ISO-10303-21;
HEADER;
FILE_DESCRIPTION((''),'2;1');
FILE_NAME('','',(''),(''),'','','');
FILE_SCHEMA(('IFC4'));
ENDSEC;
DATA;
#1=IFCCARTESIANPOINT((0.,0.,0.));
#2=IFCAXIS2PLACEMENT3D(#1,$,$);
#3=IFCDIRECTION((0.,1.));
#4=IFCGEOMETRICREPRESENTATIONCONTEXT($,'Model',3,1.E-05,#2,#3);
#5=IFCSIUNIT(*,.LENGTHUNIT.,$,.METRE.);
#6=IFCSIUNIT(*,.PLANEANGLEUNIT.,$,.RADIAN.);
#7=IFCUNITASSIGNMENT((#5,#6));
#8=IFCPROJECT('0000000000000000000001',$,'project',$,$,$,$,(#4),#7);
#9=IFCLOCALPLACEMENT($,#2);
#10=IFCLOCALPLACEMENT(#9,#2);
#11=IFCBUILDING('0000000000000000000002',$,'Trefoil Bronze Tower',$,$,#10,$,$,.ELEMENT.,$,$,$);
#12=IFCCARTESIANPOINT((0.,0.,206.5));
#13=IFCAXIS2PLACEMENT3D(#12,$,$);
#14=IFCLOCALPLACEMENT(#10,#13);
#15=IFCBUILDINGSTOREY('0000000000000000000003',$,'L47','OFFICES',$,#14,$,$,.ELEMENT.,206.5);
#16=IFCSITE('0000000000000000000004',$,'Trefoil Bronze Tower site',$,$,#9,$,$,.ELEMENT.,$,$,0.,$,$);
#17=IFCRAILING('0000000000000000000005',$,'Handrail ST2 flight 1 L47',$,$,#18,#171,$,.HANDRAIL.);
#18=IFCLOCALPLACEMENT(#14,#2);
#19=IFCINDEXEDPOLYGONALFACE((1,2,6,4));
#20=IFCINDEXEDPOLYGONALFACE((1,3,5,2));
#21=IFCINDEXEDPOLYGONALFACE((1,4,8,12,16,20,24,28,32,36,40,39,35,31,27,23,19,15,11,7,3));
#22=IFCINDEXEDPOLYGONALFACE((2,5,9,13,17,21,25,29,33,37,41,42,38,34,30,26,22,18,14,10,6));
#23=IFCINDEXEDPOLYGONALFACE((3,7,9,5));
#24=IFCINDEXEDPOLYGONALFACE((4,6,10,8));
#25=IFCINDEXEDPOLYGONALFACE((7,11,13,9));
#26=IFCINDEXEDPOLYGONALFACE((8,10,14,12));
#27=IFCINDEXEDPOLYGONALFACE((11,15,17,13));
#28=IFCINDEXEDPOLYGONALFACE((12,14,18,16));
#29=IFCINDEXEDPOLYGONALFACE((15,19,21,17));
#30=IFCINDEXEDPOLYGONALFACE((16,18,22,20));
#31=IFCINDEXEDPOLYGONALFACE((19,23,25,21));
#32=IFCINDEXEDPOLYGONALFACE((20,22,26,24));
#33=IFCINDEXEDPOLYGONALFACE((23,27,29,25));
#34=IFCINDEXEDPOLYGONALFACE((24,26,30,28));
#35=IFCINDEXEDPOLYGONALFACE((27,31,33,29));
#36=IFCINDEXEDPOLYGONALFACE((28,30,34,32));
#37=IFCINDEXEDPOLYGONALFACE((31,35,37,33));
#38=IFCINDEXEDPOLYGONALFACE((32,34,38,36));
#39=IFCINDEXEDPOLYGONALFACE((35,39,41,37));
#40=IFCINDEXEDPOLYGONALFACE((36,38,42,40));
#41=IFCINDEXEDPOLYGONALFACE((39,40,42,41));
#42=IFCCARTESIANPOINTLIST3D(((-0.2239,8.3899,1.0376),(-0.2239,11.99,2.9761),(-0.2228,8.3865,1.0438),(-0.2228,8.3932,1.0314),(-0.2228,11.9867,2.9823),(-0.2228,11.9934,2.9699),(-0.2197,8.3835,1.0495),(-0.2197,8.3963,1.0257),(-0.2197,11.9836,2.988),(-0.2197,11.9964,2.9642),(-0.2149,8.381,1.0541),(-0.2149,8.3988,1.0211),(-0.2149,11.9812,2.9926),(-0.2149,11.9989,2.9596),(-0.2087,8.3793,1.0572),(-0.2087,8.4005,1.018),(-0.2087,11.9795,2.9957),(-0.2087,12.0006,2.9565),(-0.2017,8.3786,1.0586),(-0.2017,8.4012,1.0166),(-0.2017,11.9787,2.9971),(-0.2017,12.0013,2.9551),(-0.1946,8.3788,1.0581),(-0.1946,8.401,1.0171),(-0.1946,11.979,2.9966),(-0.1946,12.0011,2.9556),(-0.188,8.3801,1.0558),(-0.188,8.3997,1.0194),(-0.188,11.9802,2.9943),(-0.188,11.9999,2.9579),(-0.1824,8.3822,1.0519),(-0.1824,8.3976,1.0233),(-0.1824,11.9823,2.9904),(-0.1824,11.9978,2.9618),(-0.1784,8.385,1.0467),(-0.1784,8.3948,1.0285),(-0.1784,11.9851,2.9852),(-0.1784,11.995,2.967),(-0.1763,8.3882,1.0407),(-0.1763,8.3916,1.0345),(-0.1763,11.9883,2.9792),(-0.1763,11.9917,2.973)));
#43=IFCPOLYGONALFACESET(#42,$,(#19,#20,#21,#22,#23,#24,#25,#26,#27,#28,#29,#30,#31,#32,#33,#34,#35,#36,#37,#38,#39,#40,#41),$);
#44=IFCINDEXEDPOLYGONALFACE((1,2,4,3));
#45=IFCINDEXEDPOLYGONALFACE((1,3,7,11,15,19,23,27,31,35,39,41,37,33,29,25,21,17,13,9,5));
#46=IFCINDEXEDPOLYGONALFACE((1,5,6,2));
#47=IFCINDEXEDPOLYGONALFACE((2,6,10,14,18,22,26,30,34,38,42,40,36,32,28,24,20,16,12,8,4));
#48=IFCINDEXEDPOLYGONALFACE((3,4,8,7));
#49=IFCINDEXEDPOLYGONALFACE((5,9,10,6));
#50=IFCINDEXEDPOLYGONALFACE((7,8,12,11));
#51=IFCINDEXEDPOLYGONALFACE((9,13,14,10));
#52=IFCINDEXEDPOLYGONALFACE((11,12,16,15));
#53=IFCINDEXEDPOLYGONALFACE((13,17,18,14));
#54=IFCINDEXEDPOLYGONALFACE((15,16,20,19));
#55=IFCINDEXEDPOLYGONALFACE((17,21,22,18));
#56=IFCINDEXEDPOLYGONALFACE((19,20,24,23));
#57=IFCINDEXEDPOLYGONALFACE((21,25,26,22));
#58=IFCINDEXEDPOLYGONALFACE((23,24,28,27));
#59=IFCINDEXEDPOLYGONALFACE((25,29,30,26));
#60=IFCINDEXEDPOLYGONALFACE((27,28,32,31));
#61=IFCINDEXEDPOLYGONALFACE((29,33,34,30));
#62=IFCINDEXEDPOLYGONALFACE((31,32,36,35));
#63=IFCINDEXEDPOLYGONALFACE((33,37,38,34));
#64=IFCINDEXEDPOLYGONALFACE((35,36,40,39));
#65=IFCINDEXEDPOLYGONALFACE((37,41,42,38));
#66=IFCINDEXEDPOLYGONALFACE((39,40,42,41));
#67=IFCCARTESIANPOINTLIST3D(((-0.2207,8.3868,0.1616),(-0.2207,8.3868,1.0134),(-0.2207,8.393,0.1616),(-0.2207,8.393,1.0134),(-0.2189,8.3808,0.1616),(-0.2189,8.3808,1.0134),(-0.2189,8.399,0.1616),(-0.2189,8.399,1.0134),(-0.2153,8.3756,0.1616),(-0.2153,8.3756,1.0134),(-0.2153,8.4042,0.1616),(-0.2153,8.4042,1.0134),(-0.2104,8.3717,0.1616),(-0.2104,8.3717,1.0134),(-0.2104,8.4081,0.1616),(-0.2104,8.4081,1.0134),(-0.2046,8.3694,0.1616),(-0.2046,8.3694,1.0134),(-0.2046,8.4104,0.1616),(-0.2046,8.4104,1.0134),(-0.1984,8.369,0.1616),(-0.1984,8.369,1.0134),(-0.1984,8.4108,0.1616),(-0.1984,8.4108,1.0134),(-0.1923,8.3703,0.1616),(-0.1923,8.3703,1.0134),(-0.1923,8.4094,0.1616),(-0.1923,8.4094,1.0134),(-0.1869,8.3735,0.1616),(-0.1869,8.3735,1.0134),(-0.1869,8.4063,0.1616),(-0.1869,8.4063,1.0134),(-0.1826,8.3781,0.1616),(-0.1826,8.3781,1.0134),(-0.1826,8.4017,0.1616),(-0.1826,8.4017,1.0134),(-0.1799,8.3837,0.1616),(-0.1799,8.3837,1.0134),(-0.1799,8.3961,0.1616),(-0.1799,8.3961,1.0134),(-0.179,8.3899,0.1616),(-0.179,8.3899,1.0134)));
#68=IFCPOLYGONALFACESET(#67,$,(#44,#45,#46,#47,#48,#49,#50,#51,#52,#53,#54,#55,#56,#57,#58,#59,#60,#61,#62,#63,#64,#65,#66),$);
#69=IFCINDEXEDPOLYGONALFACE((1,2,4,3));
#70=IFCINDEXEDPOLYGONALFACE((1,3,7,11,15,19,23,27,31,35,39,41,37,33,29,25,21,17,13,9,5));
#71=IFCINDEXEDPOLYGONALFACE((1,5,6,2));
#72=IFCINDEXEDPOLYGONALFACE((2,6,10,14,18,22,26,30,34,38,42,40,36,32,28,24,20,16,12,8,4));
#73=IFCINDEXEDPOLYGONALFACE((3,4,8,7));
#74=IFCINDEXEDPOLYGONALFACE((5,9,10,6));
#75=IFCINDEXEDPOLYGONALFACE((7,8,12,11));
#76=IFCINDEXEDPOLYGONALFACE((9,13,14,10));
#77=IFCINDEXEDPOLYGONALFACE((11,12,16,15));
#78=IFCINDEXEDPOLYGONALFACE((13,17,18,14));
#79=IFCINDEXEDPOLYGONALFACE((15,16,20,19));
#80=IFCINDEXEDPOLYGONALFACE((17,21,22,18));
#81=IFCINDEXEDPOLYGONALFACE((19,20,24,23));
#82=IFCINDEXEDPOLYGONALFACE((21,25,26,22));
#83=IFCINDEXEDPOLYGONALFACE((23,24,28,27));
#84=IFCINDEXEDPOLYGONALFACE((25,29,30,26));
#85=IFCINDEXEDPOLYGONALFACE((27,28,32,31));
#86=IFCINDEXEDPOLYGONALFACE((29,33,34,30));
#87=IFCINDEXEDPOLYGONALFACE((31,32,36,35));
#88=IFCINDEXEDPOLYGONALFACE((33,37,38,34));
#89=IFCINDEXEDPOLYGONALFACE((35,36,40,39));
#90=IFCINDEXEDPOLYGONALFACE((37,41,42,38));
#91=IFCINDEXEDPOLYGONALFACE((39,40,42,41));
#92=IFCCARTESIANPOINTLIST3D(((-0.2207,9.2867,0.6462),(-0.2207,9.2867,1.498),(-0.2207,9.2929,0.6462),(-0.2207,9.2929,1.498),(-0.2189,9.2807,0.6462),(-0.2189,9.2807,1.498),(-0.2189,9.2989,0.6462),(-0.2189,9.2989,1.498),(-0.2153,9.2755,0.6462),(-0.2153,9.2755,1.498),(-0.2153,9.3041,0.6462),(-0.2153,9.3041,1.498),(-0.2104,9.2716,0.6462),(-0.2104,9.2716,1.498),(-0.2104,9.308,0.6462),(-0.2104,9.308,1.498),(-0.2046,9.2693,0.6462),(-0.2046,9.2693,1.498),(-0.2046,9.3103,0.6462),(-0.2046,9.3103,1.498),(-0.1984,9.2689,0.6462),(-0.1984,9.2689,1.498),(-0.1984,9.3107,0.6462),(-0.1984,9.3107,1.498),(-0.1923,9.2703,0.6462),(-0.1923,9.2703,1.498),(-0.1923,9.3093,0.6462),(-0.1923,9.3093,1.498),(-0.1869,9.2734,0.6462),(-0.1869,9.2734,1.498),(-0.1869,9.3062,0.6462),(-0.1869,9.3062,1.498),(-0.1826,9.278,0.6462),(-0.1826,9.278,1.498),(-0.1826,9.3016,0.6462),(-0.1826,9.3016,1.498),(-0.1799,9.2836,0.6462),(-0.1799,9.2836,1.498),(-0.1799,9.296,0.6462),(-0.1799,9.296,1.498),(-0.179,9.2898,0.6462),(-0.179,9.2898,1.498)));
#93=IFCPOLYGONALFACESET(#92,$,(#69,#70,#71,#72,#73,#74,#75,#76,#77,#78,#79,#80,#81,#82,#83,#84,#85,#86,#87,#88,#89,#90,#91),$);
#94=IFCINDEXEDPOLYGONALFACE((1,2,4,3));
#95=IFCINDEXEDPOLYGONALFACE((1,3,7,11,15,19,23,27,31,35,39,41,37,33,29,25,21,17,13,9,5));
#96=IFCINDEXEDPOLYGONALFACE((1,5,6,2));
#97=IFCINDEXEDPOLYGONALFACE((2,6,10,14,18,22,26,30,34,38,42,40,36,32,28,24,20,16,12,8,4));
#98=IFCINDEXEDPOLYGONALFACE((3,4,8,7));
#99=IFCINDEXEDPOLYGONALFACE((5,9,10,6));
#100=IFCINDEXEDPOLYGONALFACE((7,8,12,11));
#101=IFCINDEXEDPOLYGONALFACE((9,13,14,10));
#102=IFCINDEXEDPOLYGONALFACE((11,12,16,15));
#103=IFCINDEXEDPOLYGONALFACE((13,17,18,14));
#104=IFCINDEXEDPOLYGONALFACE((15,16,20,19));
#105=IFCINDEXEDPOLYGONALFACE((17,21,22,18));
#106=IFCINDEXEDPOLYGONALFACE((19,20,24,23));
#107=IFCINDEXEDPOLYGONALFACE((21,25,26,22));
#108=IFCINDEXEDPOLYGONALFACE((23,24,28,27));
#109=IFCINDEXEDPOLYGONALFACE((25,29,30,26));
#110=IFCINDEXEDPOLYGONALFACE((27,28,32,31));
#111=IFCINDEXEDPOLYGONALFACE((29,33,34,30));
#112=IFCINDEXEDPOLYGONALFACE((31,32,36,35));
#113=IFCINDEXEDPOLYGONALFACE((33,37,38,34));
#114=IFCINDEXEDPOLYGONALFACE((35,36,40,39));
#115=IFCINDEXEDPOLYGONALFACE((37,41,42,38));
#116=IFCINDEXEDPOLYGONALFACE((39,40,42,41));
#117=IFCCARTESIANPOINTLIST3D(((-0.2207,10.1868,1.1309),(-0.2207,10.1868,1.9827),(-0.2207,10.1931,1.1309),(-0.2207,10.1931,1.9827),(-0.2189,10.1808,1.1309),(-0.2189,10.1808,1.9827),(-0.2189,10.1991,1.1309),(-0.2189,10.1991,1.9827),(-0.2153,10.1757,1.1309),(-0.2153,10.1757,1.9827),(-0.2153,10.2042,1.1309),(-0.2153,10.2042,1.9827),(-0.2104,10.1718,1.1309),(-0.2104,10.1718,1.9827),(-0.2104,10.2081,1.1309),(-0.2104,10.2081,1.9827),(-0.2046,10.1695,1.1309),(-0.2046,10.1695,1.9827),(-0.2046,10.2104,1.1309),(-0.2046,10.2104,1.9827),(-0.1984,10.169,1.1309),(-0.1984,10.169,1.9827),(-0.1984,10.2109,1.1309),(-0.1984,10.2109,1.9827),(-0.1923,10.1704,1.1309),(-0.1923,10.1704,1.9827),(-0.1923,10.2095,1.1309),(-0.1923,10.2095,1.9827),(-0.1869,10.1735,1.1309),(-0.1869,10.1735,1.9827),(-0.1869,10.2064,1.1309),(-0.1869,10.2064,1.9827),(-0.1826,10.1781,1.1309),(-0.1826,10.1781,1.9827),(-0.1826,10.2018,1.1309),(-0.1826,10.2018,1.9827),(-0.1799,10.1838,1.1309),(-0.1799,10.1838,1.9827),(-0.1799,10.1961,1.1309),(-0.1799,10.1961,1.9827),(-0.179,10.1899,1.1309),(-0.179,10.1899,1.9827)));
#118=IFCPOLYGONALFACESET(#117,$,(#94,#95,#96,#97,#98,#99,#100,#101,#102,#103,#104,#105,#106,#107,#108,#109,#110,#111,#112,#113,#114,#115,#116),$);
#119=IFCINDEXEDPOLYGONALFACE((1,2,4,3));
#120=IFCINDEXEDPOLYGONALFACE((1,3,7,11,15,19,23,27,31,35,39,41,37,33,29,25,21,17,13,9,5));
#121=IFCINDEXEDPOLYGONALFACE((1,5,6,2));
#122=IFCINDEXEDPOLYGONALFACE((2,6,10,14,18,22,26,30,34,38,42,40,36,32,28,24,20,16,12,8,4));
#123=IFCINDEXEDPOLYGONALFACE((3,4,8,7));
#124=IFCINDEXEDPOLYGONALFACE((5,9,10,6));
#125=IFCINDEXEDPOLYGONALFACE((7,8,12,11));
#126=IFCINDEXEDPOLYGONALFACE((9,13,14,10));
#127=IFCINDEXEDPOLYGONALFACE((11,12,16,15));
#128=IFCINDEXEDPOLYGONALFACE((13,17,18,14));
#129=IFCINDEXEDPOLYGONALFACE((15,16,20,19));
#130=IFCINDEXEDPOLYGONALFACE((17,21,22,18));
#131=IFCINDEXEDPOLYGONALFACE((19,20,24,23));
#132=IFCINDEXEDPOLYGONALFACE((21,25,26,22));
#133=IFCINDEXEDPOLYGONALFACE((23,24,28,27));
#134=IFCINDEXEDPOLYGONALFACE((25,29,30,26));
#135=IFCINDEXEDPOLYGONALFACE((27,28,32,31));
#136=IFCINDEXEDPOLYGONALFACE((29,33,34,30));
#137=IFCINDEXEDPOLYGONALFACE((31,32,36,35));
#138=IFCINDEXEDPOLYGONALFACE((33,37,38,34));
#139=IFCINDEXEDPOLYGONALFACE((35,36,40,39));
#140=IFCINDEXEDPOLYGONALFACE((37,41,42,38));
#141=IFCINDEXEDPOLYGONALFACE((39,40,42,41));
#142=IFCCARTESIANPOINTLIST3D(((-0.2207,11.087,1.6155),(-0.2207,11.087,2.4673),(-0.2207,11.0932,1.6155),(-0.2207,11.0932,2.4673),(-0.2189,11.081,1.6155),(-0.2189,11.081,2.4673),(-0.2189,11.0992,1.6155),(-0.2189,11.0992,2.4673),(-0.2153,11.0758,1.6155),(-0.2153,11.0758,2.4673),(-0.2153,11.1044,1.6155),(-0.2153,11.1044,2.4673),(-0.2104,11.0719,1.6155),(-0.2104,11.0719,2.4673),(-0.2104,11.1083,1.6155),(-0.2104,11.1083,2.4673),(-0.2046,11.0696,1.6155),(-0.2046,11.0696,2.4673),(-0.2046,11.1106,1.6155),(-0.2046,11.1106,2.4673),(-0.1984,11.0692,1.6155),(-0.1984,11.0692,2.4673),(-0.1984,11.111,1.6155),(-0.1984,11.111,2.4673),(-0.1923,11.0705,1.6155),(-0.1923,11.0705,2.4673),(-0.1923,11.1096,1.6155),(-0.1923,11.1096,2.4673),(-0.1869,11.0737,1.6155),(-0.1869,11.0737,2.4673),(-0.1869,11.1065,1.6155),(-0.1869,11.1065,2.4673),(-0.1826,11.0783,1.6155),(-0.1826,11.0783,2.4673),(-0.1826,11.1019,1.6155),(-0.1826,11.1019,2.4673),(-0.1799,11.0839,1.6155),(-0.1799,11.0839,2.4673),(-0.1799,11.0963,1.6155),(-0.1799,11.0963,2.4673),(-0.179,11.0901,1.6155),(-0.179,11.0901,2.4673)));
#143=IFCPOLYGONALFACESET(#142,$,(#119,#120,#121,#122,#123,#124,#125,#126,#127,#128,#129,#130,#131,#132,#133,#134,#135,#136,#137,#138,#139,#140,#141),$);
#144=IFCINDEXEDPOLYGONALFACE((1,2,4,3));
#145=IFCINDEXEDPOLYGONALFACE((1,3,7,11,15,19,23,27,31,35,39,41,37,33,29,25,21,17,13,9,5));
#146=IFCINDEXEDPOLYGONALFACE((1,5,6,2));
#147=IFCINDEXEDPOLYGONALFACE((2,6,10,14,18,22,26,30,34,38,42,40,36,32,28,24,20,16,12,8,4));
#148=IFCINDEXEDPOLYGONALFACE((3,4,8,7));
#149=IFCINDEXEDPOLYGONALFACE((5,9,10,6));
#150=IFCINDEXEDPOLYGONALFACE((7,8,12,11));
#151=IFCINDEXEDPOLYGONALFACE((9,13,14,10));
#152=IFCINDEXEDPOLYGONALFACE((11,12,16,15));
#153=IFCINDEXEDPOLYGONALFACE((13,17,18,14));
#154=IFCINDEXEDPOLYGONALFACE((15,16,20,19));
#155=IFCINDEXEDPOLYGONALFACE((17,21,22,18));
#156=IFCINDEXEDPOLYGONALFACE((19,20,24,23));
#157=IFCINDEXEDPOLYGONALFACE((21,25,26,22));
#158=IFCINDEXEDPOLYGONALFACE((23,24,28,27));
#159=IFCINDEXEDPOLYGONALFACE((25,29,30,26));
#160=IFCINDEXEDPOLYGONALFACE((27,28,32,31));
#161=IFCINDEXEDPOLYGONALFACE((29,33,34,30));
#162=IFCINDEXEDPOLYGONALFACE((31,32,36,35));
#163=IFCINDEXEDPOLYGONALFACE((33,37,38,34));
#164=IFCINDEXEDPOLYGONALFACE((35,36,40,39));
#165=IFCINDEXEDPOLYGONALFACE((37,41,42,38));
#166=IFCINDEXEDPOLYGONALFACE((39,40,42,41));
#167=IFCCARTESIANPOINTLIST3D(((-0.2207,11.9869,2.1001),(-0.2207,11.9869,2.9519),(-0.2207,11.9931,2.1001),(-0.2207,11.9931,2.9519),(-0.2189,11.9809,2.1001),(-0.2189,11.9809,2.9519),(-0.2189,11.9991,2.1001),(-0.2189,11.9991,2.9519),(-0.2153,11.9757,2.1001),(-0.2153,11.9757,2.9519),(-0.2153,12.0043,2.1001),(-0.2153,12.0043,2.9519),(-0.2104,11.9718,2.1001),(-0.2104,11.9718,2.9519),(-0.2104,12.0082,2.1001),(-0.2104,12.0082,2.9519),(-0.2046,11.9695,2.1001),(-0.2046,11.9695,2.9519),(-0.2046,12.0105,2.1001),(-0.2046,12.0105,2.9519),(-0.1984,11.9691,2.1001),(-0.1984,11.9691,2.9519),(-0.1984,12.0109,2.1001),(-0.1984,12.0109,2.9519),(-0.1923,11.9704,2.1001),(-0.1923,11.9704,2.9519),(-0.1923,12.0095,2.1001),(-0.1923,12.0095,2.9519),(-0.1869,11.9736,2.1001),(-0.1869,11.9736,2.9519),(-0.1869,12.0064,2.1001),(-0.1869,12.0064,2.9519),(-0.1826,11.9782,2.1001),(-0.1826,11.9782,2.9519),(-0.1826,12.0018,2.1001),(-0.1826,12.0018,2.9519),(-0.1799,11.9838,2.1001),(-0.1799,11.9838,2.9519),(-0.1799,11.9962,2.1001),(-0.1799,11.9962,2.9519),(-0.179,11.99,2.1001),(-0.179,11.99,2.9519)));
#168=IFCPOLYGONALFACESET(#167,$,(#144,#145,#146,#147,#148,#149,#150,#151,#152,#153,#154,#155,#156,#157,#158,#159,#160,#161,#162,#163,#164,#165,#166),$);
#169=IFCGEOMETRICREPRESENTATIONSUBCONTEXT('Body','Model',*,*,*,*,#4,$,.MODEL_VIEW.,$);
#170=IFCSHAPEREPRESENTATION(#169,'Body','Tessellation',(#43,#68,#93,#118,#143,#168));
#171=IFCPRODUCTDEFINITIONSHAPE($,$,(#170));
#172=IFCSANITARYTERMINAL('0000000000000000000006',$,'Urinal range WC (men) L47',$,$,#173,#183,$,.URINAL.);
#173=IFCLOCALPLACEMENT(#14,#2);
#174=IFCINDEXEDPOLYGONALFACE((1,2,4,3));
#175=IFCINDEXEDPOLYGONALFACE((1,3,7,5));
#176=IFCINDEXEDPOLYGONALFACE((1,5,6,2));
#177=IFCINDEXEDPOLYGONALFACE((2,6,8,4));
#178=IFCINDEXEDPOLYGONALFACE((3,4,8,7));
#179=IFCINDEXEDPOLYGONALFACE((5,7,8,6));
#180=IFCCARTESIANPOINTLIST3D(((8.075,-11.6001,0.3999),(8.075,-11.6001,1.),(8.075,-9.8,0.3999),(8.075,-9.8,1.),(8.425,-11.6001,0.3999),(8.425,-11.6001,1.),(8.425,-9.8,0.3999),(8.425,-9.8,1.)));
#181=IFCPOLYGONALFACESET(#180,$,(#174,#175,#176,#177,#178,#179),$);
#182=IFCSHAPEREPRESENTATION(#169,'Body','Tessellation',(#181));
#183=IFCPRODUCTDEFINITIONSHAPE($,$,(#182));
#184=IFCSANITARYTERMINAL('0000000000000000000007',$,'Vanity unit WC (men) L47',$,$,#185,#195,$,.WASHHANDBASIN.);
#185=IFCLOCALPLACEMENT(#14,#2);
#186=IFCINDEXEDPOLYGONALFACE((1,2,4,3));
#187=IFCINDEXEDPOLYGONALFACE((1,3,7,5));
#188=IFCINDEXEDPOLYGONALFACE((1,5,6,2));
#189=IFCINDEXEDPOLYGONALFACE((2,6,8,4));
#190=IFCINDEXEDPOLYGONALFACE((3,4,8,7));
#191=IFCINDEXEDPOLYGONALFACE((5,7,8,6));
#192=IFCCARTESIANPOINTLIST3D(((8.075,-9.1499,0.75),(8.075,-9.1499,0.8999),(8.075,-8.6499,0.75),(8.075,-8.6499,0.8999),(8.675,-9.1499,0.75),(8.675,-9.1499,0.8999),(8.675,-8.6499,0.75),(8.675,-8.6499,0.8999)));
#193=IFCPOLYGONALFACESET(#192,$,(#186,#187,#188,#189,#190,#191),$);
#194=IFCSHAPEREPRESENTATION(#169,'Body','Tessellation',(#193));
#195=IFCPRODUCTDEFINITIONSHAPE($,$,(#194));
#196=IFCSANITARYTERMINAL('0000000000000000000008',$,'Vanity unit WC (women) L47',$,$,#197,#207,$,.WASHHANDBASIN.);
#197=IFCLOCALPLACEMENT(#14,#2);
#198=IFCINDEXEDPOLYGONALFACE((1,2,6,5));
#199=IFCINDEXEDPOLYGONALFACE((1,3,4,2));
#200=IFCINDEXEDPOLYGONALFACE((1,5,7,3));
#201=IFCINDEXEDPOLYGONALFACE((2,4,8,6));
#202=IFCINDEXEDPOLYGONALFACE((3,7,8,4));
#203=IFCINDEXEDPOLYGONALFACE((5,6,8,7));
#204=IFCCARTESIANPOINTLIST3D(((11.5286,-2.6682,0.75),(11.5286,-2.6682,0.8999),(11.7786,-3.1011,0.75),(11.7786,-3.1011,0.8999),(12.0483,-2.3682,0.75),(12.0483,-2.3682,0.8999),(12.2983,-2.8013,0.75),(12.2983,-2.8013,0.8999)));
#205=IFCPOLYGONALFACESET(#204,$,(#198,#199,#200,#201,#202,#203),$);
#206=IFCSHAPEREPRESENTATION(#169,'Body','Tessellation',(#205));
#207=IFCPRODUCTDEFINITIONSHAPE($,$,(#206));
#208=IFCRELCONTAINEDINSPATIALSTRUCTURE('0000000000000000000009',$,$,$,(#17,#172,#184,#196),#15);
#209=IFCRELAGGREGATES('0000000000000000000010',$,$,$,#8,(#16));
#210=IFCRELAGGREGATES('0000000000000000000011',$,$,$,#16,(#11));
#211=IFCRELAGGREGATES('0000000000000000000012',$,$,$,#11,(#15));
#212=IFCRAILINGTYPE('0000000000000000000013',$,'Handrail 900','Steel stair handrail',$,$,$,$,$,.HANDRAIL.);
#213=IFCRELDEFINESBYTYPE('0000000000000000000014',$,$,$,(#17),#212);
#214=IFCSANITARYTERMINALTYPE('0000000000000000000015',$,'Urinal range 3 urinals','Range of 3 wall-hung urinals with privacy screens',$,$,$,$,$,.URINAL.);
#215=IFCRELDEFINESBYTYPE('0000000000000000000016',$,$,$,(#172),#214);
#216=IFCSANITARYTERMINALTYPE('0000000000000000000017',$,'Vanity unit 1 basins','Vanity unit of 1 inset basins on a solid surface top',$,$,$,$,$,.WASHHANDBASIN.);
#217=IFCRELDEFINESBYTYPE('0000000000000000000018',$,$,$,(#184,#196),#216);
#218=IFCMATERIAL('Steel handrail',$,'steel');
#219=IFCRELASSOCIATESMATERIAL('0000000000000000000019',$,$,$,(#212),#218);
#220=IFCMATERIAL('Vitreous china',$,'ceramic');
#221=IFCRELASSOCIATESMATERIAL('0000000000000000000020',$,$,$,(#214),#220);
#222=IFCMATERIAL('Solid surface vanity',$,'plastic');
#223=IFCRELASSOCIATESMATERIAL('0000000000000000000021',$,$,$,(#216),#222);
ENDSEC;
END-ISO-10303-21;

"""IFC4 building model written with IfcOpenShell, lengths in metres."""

from ifc_helpers import new_model, si_unit, direction, frame, origin, origin_2d, place, context, subcontext, project, spatial, polyline, circle, outline, extrude, material, type_object, element, save


model = new_model("IFC4")

# Units and contexts
model_context = context("Model", 3, precision=1e-05, world=origin(), true_north=direction((0.0, 1.0)))
body_context = subcontext(model_context, "Body", "Model", "MODEL_VIEW")
ifc_project = project(units=[si_unit("LENGTHUNIT", "METRE"), si_unit("PLANEANGLEUNIT", "RADIAN")], contexts=[model_context])

# Site, building, storey
site_placement = place(None, origin())
site = spatial("IfcSite", under=ifc_project, at=site_placement, Name="Trefoil Bronze Tower site", CompositionType="ELEMENT", RefElevation=0.0)
building_placement = place(site_placement, origin())
building = spatial("IfcBuilding", under=site, at=building_placement, Name="Trefoil Bronze Tower", CompositionType="ELEMENT")
storey_placement = place(building_placement, frame((0.0, 0.0, 206.5)))
storey = spatial("IfcBuildingStorey", under=building, at=storey_placement, Name="L47", Description="OFFICES", CompositionType="ELEMENT", Elevation=206.5)

# Railing
ifc_material_1 = material(Name="Steel handrail", Category="steel")
railing_type = type_object("IfcRailingType", Name="Handrail 900", Description="Steel stair handrail", PredefinedType="HANDRAIL", material=ifc_material_1)
railing_placement = place(storey_placement, frame((-0.2, 8.3899, 0.1616)))
element("IfcRailing", 1, at=railing_placement, inside=storey, type_object=railing_type, Name="Handrail ST2 flight 1 L47", PredefinedType="HANDRAIL", context=body_context, shape_type="SweptSolid", body=[
    extrude(circle(Radius=0.0239, at=origin_2d()), frame((0.0, 0.0, 0.876), z_axis=(0.0, 0.880475, 0.474093), x_axis=(-1.0, 0.0, 0.0)), (0.0, 0.0, 1.0), 4.0889),
    extrude(circle(Radius=0.021, at=origin_2d()), origin(), (0.0, 0.0, 1.0), 0.8518),
    extrude(circle(Radius=0.021, at=origin_2d()), frame((0.0, 0.8999, 0.4846)), (0.0, 0.0, 1.0), 0.8518),
    extrude(circle(Radius=0.021, at=origin_2d()), frame((0.0, 1.8, 0.9692)), (0.0, 0.0, 1.0), 0.8518),
    extrude(circle(Radius=0.021, at=origin_2d()), frame((0.0, 2.7002, 1.4539)), (0.0, 0.0, 1.0), 0.8518),
    extrude(circle(Radius=0.021, at=origin_2d()), frame((0.0, 3.6001, 1.9385)), (0.0, 0.0, 1.0), 0.8518),
])

# Sanitary terminals
ifc_material_2 = material(Name="Vitreous china", Category="ceramic")
sanitary_terminal_type_1 = type_object("IfcSanitaryTerminalType", Name="Urinal range 3 urinals", Description="Range of 3 wall-hung urinals with privacy screens", PredefinedType="URINAL", material=ifc_material_2)
sanitary_terminal_1_placement = place(storey_placement, frame((0.0, 0.0, 0.3999)))
element("IfcSanitaryTerminal", 2, at=sanitary_terminal_1_placement, inside=storey, type_object=sanitary_terminal_type_1, Name="Urinal range WC (men) L47", PredefinedType="URINAL", context=body_context, shape_type="SweptSolid", body=[
    extrude(outline(polyline([(8.075, -9.8), (8.425, -9.8), (8.425, -11.6001), (8.075, -11.6001), (8.075, -9.8)])), origin(), (0.0, 0.0, 1.0), 0.6001),
])
ifc_material_3 = material(Name="Solid surface vanity", Category="plastic")
sanitary_terminal_type_2 = type_object("IfcSanitaryTerminalType", Name="Vanity unit 1 basins", Description="Vanity unit of 1 inset basins on a solid surface top", PredefinedType="WASHHANDBASIN", material=ifc_material_3)
sanitary_terminal_2_placement = place(storey_placement, frame((0.0, 0.0, 0.75)))
element("IfcSanitaryTerminal", 3, at=sanitary_terminal_2_placement, inside=storey, type_object=sanitary_terminal_type_2, Name="Vanity unit WC (men) L47", PredefinedType="WASHHANDBASIN", context=body_context, shape_type="SweptSolid", body=[
    extrude(outline(polyline([(8.075, -8.6499), (8.675, -8.6499), (8.675, -9.1499), (8.075, -9.1499), (8.075, -8.6499)])), origin(), (0.0, 0.0, 1.0), 0.1499),
])
sanitary_terminal_3_placement = place(storey_placement, frame((0.0, 0.0, 0.75)))
element("IfcSanitaryTerminal", 4, at=sanitary_terminal_3_placement, inside=storey, type_object=sanitary_terminal_type_2, Name="Vanity unit WC (women) L47", PredefinedType="WASHHANDBASIN", context=body_context, shape_type="SweptSolid", body=[
    extrude(outline(polyline([(11.5286, -2.6682), (11.7786, -3.1011), (12.2983, -2.8013), (12.0483, -2.3682), (11.5286, -2.6682)])), origin(), (0.0, 0.0, 1.0), 0.1499),
])

save(model, "model.ifc")
